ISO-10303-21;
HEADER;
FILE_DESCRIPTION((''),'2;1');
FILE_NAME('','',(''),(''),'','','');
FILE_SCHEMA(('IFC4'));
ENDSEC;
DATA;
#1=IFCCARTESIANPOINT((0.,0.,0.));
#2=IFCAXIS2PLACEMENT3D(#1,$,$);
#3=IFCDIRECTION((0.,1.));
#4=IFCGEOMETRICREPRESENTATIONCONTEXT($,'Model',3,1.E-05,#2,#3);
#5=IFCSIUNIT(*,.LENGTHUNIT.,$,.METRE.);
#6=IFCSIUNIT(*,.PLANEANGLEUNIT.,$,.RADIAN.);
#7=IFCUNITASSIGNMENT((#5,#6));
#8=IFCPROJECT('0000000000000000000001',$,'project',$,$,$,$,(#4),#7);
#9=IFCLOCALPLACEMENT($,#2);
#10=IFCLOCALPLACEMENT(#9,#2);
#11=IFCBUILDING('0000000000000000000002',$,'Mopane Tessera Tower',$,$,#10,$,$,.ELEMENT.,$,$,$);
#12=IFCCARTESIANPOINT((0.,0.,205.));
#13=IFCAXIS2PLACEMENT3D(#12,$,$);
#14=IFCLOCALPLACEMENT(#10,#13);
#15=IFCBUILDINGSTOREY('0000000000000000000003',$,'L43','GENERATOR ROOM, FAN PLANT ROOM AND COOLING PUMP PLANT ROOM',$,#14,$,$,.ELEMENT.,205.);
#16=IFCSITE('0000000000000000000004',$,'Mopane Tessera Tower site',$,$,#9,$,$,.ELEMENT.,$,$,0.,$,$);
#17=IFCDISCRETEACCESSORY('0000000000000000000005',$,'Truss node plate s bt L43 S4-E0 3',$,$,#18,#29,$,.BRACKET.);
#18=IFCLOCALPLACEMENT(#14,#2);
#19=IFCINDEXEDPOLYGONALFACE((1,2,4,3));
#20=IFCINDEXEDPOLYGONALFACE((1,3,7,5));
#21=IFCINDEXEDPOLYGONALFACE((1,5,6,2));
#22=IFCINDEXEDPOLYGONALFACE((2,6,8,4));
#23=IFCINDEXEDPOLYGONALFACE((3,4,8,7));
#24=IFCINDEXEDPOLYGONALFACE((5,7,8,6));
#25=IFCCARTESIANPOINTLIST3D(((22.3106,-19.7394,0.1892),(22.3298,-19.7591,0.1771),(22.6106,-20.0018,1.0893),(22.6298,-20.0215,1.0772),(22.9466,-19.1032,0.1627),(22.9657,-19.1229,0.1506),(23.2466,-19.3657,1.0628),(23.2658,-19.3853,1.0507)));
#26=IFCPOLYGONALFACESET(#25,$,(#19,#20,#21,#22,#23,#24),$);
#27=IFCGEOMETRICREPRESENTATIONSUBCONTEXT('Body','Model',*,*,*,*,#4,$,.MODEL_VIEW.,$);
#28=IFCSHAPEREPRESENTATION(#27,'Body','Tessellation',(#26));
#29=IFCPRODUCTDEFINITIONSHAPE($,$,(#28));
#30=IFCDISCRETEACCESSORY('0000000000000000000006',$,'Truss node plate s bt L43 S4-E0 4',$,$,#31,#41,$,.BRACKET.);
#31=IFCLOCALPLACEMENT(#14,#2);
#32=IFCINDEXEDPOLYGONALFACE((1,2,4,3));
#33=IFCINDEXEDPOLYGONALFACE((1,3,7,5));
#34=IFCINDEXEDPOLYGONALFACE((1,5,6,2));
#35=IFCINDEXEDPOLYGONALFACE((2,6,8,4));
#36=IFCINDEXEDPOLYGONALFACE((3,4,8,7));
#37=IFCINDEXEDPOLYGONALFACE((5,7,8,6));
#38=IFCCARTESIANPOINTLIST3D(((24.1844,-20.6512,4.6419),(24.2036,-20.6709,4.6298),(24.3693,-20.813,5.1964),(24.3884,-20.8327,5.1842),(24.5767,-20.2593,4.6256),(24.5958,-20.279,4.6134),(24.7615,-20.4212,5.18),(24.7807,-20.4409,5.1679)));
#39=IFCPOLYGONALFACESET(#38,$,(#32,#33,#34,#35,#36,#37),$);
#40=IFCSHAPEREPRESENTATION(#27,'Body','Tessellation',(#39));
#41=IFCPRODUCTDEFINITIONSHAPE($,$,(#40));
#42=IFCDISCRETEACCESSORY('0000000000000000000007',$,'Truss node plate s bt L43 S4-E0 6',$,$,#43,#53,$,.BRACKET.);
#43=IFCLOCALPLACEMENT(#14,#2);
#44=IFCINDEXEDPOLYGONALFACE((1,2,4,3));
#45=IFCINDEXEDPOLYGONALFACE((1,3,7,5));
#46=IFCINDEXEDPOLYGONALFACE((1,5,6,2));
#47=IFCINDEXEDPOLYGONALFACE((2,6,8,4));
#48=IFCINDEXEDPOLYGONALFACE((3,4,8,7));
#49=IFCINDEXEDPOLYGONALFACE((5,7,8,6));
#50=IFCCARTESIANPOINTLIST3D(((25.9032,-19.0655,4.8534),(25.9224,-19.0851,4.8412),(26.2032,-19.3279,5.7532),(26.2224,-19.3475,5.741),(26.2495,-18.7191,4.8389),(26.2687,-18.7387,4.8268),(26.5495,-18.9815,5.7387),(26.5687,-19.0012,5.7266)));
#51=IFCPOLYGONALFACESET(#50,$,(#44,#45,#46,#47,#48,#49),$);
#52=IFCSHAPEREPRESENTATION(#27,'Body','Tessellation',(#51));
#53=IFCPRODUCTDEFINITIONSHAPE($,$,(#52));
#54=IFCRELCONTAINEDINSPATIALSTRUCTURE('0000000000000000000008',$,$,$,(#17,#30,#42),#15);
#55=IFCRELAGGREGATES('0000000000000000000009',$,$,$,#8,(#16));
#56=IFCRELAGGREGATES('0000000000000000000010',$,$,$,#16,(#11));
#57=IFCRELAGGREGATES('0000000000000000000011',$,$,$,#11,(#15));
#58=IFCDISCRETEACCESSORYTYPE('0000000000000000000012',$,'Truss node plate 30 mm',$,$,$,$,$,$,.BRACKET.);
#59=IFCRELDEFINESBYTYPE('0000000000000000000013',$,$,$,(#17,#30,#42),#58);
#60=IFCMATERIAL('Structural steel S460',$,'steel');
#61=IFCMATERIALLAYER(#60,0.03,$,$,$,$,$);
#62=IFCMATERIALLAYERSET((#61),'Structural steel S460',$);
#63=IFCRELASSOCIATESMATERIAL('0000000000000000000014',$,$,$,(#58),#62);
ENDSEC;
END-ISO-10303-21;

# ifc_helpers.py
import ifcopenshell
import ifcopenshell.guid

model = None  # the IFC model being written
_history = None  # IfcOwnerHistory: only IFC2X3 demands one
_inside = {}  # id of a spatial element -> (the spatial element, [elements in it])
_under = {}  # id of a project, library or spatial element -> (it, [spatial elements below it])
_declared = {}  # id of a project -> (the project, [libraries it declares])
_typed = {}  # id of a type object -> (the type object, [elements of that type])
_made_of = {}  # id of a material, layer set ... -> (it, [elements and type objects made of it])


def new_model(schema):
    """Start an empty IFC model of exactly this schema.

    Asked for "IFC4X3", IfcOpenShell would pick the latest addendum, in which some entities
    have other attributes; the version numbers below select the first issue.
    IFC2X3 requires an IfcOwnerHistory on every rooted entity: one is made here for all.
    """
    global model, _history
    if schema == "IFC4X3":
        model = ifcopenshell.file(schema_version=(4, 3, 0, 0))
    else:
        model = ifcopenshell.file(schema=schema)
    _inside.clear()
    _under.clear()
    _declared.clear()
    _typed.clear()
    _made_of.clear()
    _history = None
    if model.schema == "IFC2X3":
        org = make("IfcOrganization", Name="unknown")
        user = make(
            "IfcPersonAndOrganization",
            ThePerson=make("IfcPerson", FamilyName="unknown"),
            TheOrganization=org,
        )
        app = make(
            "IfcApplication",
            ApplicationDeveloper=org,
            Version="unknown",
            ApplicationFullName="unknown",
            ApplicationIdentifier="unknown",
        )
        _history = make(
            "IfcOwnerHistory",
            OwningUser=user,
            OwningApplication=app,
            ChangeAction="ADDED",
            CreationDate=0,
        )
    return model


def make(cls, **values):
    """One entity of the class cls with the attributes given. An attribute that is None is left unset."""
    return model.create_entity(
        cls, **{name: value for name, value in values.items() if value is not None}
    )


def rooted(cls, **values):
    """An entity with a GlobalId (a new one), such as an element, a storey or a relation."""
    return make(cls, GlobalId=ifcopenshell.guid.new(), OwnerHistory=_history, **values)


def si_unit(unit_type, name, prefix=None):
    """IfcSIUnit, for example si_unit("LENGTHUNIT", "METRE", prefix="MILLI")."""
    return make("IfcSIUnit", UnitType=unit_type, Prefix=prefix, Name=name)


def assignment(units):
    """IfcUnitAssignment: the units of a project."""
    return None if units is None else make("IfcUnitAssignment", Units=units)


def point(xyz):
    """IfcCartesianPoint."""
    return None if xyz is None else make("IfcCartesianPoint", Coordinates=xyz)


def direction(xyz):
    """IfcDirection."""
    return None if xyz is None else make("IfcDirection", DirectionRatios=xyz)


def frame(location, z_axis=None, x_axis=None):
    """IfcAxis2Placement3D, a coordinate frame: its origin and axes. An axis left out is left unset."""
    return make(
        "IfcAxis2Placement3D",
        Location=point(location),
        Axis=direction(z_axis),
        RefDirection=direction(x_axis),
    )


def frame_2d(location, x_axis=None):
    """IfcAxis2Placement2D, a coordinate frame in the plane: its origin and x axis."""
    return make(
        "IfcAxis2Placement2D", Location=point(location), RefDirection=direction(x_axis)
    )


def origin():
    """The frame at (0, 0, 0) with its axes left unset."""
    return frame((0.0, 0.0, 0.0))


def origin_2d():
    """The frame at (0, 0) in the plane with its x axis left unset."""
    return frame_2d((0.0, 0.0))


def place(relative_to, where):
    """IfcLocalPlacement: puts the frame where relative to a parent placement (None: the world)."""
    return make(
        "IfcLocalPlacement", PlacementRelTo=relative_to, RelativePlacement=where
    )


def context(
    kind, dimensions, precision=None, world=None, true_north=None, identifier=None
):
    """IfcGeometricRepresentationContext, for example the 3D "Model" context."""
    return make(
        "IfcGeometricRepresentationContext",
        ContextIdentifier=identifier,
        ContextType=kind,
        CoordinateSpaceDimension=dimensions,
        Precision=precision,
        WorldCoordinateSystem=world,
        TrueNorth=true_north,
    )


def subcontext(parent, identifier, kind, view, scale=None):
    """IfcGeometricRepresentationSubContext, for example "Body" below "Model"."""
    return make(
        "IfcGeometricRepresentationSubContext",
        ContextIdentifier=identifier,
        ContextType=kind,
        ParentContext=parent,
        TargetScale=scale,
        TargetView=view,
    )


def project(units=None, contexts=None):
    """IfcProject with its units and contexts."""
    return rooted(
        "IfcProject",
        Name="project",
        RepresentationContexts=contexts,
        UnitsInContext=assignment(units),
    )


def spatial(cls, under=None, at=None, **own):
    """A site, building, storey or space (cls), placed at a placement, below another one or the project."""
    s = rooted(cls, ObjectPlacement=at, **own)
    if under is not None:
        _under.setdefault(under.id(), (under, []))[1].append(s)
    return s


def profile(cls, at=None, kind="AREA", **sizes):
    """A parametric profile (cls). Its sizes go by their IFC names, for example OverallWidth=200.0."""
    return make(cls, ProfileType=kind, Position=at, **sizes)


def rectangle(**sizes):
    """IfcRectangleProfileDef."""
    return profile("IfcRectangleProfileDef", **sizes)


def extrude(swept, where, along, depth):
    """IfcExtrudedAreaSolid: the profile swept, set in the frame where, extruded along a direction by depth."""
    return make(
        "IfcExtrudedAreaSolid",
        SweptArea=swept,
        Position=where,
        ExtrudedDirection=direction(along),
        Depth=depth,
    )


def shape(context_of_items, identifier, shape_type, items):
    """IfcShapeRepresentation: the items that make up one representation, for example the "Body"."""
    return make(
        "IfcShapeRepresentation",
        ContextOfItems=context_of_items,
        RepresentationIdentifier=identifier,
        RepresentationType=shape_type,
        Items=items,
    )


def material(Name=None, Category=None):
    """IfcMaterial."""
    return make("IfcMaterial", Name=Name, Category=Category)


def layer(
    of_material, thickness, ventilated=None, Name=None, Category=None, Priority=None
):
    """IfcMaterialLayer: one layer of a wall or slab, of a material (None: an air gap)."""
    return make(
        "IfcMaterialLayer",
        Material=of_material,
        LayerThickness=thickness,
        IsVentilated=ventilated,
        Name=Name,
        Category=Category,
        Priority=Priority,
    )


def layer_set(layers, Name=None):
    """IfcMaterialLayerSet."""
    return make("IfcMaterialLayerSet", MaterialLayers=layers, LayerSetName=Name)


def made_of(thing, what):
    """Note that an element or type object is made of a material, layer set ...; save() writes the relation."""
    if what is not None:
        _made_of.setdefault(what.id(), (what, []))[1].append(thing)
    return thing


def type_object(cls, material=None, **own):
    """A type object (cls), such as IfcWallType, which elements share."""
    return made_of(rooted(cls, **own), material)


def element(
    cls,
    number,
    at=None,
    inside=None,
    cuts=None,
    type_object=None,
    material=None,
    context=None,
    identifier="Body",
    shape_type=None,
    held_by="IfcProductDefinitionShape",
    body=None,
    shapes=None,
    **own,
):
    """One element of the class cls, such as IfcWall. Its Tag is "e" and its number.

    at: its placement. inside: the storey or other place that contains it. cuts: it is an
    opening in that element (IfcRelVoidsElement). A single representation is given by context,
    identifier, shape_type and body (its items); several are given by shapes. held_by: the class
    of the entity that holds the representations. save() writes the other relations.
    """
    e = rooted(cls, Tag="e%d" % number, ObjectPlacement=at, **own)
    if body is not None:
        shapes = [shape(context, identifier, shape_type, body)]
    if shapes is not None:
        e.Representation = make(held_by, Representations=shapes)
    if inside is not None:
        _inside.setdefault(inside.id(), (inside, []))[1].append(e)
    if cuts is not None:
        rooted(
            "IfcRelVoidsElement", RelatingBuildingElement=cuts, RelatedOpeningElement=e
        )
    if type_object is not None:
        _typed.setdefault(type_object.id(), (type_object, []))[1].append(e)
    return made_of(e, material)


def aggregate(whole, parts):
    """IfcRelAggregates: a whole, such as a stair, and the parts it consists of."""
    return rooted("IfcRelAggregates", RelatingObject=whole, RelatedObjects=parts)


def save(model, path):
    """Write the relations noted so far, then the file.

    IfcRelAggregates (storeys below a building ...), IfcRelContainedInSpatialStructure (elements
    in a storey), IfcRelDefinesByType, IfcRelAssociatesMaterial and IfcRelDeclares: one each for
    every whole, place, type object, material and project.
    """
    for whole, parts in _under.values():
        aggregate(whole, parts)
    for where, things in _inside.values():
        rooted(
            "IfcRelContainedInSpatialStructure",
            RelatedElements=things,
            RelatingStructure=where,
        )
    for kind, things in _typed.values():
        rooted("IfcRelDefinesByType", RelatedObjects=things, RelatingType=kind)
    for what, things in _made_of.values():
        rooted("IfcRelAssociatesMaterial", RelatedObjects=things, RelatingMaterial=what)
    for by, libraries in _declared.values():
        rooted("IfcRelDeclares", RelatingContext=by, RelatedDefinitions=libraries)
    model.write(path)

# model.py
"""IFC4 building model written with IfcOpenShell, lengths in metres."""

from ifc_helpers import new_model, si_unit, direction, frame, origin, origin_2d, place, context, subcontext, project, spatial, rectangle, extrude, material, layer, layer_set, type_object, element, save


model = new_model("IFC4")

# Units and contexts
model_context = context("Model", 3, precision=1e-05, world=origin(), true_north=direction((0.0, 1.0)))
body_context = subcontext(model_context, "Body", "Model", "MODEL_VIEW")
ifc_project = project(units=[si_unit("LENGTHUNIT", "METRE"), si_unit("PLANEANGLEUNIT", "RADIAN")], contexts=[model_context])

# Site, building, storey
site_placement = place(None, origin())
site = spatial("IfcSite", under=ifc_project, at=site_placement, Name="Mopane Tessera Tower site", CompositionType="ELEMENT", RefElevation=0.0)
building_placement = place(site_placement, origin())
building = spatial("IfcBuilding", under=site, at=building_placement, Name="Mopane Tessera Tower", CompositionType="ELEMENT")
storey_placement = place(building_placement, frame((0.0, 0.0, 205.0)))
storey = spatial("IfcBuildingStorey", under=building, at=storey_placement, Name="L43", Description="GENERATOR ROOM, FAN PLANT ROOM AND COOLING PUMP PLANT ROOM", CompositionType="ELEMENT", Elevation=205.0)

# Discrete accessories
ifc_material_1 = material(Name="Structural steel S460", Category="steel")
ifc_layer_1 = layer(ifc_material_1, 0.03)
ifc_layer_set_1 = layer_set([ifc_layer_1], Name="Structural steel S460")
discrete_accessory_type_1 = type_object("IfcDiscreteAccessoryType", Name="Truss node plate 30 mm", PredefinedType="BRACKET", material=ifc_layer_set_1)
discrete_accessory_1_placement = place(storey_placement, frame((22.6382, -19.4312, 0.1699), z_axis=(0.304783, -0.266592, 0.91435), x_axis=(-0.638523, 0.655127, 0.403853)))
element("IfcDiscreteAccessory", 1, at=discrete_accessory_1_placement, inside=storey, type_object=discrete_accessory_type_1, Name="Truss node plate s bt L43 S4-E0 3", PredefinedType="BRACKET", context=body_context, shape_type="SweptSolid", body=[
    extrude(rectangle(XDim=0.03, YDim=0.8999, at=origin_2d()), origin(), (0.0, 0.0, 1.0), 0.9844),
])
discrete_accessory_2_placement = place(storey_placement, frame((24.3901, -20.4651, 4.6277), z_axis=(0.304755, -0.266912, 0.914266), x_axis=(-0.63804, 0.65548, 0.404042)))
element("IfcDiscreteAccessory", 2, at=discrete_accessory_2_placement, inside=storey, type_object=discrete_accessory_type_1, Name="Truss node plate s bt L43 S4-E0 4", PredefinedType="BRACKET", context=body_context, shape_type="SweptSolid", body=[
    extrude(rectangle(XDim=0.03, YDim=0.5547, at=origin_2d()), origin(), (0.0, 0.0, 1.0), 0.6064),
])
discrete_accessory_3_placement = place(storey_placement, frame((26.0859, -18.9021, 4.8401), z_axis=(0.304852, -0.266653, 0.914309), x_axis=(-0.638493, 0.6551, 0.403945)))
element("IfcDiscreteAccessory", 3, at=discrete_accessory_3_placement, inside=storey, type_object=discrete_accessory_type_1, Name="Truss node plate s bt L43 S4-E0 6", PredefinedType="BRACKET", context=body_context, shape_type="SweptSolid", body=[
    extrude(rectangle(XDim=0.03, YDim=0.49, at=origin_2d()), origin(), (0.0, 0.0, 1.0), 0.9841),
])

save(model, "model.ifc")
